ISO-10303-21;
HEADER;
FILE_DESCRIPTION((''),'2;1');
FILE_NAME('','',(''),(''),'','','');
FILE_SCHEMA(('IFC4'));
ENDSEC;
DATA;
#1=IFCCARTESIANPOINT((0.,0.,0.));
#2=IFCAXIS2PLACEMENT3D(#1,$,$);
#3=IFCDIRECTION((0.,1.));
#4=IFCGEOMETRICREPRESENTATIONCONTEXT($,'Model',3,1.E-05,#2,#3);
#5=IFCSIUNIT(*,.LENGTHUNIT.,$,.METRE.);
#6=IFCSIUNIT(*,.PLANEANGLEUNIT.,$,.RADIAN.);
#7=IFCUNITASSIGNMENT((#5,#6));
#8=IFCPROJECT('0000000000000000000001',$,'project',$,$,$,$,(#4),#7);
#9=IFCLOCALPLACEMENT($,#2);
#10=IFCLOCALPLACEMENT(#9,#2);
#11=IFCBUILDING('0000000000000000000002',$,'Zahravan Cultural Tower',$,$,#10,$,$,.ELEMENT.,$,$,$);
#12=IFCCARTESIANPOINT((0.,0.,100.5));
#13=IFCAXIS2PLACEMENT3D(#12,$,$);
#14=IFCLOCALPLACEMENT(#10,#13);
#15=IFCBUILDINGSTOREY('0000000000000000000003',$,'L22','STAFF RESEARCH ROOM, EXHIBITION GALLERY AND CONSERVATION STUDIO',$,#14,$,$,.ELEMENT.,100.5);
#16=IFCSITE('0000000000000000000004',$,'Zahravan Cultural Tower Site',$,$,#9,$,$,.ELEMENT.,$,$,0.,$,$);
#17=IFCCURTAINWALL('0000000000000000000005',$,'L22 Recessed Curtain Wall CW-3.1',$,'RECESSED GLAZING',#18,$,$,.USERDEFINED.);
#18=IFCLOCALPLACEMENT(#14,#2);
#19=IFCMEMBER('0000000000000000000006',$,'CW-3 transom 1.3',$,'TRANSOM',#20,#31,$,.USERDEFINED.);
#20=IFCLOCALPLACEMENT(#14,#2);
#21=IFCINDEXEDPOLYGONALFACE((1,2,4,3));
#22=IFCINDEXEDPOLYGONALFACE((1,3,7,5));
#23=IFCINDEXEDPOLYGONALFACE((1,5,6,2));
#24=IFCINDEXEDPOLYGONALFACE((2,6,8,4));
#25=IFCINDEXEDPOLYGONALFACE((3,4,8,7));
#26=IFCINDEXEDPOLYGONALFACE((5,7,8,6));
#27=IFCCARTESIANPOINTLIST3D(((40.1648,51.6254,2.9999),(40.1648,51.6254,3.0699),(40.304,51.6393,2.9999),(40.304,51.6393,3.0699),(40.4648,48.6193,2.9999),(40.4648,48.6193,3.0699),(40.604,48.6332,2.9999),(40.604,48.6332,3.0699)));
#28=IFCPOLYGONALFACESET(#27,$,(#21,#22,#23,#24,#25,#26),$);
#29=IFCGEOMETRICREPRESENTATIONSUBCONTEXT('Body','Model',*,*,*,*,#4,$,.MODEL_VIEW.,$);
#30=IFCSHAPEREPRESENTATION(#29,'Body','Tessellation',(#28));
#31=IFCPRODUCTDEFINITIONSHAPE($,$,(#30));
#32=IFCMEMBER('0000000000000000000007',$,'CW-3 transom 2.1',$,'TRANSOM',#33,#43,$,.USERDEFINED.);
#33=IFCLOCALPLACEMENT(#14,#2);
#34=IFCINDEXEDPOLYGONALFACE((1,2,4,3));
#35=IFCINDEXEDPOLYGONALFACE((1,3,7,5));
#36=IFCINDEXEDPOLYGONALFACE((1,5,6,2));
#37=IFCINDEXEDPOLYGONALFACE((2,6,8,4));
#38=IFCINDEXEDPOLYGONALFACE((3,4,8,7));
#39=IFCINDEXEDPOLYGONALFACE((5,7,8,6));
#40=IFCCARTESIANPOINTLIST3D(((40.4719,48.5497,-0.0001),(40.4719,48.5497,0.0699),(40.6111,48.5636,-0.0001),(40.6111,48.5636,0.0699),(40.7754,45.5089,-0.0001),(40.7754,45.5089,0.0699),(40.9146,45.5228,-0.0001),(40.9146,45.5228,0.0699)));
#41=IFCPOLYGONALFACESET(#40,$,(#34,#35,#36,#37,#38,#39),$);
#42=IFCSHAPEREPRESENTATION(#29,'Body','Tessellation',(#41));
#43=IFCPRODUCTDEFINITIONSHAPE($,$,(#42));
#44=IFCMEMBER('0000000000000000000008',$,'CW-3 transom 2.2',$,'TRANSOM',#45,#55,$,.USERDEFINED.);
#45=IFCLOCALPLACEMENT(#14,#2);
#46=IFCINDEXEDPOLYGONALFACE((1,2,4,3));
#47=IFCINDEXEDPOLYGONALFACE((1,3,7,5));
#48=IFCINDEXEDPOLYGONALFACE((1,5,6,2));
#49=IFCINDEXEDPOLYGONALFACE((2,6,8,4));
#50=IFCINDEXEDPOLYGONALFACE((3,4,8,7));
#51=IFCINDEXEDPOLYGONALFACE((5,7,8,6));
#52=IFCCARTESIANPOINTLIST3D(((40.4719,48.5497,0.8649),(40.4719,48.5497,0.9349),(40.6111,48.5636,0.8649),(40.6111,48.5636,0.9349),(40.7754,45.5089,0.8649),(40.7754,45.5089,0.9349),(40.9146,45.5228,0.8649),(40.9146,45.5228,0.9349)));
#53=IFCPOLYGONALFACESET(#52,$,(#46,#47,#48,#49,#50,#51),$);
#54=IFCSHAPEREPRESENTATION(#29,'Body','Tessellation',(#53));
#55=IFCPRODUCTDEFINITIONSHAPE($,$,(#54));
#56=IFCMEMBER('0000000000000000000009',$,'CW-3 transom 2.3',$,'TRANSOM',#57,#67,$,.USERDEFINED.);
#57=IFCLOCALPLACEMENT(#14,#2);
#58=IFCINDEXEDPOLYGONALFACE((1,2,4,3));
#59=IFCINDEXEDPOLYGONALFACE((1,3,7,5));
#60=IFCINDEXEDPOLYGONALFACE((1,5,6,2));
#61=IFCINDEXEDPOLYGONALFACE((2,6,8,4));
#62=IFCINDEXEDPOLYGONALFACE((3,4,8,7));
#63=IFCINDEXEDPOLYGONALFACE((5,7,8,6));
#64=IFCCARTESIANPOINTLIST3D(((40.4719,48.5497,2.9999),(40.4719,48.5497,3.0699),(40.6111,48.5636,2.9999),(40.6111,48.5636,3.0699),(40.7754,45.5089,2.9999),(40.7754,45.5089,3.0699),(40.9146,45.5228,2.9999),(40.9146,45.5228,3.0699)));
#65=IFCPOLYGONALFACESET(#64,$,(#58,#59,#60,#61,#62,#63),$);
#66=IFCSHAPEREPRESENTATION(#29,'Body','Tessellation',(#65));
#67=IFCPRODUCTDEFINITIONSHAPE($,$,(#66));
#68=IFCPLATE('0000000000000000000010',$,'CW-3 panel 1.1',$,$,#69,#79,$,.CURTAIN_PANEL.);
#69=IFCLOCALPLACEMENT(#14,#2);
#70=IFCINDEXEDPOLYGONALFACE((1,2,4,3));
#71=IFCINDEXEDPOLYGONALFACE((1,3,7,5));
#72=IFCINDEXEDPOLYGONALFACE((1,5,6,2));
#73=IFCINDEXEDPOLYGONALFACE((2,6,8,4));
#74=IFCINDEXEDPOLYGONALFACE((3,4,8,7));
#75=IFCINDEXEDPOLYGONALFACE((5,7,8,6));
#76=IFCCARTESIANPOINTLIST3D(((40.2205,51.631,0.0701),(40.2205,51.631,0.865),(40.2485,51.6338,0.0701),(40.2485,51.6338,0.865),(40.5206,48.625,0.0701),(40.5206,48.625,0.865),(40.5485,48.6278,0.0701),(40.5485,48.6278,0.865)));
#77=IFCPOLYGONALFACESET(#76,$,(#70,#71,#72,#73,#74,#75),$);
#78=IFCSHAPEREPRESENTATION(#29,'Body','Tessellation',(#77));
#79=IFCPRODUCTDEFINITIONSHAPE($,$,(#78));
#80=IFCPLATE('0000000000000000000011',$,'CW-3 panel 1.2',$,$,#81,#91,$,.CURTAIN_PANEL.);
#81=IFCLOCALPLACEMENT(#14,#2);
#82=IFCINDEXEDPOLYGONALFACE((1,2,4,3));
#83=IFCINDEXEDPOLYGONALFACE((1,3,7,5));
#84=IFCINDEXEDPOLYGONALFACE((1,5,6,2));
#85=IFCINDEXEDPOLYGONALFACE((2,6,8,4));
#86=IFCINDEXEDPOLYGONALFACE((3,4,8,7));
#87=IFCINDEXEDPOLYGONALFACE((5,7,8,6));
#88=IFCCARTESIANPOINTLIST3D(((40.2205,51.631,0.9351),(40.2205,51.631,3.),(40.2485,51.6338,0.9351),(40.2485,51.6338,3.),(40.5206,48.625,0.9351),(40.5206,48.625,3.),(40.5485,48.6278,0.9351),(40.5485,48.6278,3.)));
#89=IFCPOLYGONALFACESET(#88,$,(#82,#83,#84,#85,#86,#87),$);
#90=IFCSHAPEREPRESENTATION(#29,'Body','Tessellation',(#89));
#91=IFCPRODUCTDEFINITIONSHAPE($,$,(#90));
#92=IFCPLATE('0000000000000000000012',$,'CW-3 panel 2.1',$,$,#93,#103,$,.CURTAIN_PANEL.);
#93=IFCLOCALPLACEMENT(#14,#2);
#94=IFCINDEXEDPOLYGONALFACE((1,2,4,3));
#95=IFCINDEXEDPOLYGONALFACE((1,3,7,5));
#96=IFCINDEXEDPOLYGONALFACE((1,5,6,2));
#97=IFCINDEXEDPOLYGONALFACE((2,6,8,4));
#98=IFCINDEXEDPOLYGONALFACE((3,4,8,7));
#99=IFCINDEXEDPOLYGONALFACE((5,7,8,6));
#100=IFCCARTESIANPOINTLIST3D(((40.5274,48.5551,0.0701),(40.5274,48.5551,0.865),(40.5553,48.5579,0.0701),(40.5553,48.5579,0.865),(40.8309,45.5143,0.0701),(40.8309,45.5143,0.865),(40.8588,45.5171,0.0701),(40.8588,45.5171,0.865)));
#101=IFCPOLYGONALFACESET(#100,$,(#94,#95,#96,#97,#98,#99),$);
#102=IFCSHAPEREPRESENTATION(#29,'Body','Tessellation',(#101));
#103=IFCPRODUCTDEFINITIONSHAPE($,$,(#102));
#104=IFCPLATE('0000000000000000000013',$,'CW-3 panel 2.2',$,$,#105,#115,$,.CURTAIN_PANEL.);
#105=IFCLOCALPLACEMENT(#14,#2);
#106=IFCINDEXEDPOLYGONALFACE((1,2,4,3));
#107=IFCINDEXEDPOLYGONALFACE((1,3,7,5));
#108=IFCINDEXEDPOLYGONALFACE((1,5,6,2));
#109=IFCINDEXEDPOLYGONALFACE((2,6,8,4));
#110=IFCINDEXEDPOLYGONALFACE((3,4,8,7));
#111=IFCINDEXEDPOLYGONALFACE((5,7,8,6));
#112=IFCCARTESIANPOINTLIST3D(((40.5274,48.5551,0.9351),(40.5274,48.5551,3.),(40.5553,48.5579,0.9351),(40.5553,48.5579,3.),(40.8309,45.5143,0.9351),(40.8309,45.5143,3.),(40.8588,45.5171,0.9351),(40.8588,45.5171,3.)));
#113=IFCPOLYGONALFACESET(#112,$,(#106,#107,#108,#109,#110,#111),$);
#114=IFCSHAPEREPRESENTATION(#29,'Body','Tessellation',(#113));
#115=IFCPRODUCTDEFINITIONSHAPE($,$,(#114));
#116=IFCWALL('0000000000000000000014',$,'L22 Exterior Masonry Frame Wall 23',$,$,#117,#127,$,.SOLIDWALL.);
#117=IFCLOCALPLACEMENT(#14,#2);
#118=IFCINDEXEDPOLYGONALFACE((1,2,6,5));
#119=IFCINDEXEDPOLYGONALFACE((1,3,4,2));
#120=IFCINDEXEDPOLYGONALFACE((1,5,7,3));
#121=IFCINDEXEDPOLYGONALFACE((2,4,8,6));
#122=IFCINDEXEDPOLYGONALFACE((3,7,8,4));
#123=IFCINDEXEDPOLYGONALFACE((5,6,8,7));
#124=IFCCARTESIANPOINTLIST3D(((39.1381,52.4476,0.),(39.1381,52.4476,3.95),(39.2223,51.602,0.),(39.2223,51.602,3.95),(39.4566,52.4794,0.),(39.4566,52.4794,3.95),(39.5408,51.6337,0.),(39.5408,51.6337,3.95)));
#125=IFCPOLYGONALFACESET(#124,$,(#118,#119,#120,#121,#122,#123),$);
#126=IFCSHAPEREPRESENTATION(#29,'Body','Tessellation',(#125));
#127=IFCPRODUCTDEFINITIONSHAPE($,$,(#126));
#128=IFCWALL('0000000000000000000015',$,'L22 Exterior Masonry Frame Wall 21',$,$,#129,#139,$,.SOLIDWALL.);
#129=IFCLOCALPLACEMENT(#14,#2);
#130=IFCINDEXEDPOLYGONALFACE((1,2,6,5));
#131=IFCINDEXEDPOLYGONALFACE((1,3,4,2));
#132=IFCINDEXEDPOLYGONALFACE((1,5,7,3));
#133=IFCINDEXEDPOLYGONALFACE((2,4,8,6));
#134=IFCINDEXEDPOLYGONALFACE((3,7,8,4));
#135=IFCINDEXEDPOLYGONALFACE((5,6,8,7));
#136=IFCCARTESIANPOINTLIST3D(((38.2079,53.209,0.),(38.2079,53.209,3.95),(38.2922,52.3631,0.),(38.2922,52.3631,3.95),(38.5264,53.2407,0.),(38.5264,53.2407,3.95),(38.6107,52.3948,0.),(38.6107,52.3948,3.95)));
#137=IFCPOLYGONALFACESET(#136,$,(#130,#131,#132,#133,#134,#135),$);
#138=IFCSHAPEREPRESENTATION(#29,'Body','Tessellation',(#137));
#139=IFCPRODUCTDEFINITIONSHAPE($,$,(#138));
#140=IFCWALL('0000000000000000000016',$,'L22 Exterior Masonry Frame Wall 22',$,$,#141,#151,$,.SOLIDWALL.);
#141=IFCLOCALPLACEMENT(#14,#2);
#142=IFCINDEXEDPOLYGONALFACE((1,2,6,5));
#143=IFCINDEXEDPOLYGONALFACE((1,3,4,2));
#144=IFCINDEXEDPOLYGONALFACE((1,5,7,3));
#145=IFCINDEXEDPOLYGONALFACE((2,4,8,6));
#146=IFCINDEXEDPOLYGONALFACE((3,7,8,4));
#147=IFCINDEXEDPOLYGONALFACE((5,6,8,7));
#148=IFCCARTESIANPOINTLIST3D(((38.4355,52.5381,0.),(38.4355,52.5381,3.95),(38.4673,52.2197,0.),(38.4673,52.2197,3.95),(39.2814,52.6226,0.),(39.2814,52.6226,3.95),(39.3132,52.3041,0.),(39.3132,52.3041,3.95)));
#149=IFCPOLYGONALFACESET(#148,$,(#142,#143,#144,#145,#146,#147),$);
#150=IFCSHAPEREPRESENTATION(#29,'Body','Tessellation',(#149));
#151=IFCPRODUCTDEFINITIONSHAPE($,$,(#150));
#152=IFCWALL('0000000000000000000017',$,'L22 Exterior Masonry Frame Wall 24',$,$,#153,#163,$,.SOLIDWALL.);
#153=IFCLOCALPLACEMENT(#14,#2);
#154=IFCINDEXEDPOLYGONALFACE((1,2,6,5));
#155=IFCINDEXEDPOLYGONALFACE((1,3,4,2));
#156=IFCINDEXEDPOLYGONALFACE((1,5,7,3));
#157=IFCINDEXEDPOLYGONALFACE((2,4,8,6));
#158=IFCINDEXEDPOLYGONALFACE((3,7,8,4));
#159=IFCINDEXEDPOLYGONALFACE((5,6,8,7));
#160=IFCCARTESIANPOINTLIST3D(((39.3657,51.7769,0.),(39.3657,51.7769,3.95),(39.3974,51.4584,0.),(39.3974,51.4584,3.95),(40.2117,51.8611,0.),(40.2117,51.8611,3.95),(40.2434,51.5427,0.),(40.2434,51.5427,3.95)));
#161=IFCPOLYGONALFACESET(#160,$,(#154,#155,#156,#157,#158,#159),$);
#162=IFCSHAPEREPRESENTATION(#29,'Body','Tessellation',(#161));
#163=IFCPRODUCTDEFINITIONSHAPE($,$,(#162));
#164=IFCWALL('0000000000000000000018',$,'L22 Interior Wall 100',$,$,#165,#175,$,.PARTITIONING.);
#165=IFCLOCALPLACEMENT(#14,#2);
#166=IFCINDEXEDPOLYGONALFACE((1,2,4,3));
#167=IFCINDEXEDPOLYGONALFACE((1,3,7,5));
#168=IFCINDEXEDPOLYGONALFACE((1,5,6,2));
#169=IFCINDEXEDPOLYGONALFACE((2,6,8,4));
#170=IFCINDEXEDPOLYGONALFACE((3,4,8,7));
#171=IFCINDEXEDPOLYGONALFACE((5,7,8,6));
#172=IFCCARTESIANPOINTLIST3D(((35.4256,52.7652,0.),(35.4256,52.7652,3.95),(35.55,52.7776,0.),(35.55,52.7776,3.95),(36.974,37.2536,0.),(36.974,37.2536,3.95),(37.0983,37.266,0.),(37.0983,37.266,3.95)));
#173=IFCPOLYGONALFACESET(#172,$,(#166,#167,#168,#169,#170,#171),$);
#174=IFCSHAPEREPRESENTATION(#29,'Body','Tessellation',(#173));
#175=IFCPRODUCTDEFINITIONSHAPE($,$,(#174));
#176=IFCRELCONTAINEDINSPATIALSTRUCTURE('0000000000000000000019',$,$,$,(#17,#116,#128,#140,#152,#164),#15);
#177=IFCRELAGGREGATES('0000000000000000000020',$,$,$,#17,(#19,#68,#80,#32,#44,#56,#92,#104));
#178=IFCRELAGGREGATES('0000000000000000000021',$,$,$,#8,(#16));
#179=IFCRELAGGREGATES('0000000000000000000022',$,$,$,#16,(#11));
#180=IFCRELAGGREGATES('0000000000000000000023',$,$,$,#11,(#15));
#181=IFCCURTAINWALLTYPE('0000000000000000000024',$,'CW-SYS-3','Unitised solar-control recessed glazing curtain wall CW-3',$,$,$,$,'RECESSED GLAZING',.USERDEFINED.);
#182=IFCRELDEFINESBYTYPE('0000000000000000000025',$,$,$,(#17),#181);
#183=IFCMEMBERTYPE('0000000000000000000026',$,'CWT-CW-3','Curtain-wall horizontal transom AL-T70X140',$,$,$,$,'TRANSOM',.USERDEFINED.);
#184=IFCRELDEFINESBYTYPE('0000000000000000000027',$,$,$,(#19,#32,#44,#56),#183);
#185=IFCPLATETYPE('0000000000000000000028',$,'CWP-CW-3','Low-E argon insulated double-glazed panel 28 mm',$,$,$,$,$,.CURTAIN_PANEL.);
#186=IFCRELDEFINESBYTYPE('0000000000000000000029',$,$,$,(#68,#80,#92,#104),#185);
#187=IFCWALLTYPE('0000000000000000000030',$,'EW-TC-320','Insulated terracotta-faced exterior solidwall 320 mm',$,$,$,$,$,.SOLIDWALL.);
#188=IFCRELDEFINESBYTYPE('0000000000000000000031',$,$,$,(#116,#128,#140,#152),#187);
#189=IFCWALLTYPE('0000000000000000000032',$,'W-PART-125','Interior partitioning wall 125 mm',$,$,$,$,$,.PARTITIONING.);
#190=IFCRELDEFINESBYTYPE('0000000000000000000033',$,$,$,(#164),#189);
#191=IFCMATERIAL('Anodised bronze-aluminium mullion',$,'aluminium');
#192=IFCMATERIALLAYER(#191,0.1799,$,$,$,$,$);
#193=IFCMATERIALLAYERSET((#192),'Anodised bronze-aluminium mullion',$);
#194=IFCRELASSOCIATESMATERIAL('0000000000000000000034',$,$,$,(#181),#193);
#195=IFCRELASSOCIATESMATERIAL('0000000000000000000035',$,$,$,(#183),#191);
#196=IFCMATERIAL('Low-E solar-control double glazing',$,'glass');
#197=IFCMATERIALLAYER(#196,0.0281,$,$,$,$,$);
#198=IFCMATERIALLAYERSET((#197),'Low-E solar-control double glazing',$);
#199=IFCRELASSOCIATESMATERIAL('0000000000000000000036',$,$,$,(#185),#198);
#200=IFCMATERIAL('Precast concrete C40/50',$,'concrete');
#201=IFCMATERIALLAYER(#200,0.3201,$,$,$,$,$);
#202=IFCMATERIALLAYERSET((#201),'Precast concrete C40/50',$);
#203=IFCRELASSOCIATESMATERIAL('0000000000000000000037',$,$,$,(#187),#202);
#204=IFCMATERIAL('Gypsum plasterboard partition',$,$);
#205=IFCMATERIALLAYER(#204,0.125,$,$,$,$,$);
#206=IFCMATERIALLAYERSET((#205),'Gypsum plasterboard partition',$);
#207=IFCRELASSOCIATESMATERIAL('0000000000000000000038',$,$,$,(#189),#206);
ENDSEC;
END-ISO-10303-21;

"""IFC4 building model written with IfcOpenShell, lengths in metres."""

from ifc_helpers import new_model, si_unit, direction, frame, frame_2d, origin, origin_2d, place, context, subcontext, project, spatial, rectangle, extrude, source, transform, mapped, material, layer, layer_set, material_profile, profile_set, type_object, element, aggregate, save


model = new_model("IFC4")

# Units and contexts
model_context = context("Model", 3, precision=1e-05, world=origin(), true_north=direction((0.0, 1.0)))
body_context = subcontext(model_context, "Body", "Model", "MODEL_VIEW")
ifc_project = project(units=[si_unit("LENGTHUNIT", "METRE"), si_unit("PLANEANGLEUNIT", "RADIAN")], contexts=[model_context])

# Site, building, storey
site_placement = place(None, origin())
site = spatial("IfcSite", under=ifc_project, at=site_placement, Name="Zahravan Cultural Tower Site", CompositionType="ELEMENT", RefElevation=0.0)
building_placement = place(site_placement, origin())
building = spatial("IfcBuilding", under=site, at=building_placement, Name="Zahravan Cultural Tower", CompositionType="ELEMENT")
storey_placement = place(building_placement, frame((0.0, 0.0, 100.5)))
storey = spatial("IfcBuildingStorey", under=building, at=storey_placement, Name="L22", Description="STAFF RESEARCH ROOM, EXHIBITION GALLERY AND CONSERVATION STUDIO", CompositionType="ELEMENT", Elevation=100.5)

# Curtain wall, members, plates
ifc_material_1 = material(Name="Anodised bronze-aluminium mullion", Category="aluminium")
ifc_layer_1 = layer(ifc_material_1, 0.1799)
ifc_layer_set_1 = layer_set([ifc_layer_1], Name="Anodised bronze-aluminium mullion")
curtain_wall_type = type_object("IfcCurtainWallType", Name="CW-SYS-3", Description="Unitised solar-control recessed glazing curtain wall CW-3", ElementType="RECESSED GLAZING", PredefinedType="USERDEFINED", material=ifc_layer_set_1)
curtain_wall_placement = place(storey_placement, origin())
curtain_wall = element("IfcCurtainWall", 1, at=curtain_wall_placement, inside=storey, type_object=curtain_wall_type, Name="L22 Recessed Curtain Wall CW-3.1", ObjectType="RECESSED GLAZING", PredefinedType="USERDEFINED")
ifc_material_profile_1 = material_profile(ifc_material_1, rectangle(XDim=0.1399, YDim=0.0701, at=origin_2d()), Name="AL-T70X140")
ifc_profile_set_1 = profile_set([ifc_material_profile_1], Name="Anodised bronze-aluminium mullion")
member_type_1 = type_object("IfcMemberType", Name="CWT-CW-3", Description="Curtain-wall horizontal transom AL-T70X140", ElementType="TRANSOM", PredefinedType="USERDEFINED", material=ifc_profile_set_1)
shared_shape_1 = source(origin(), body_context, "Body", "SweptSolid", [
    extrude(rectangle(XDim=0.1399, YDim=0.0701, at=origin_2d()), origin(), (0.0, 0.0, 1.0), 3.021),
])
member_1_placement = place(storey_placement, frame((40.2344, 51.6323, 3.0349), z_axis=(0.09932, -0.995056, 0.0), x_axis=(0.995056, 0.09932, 0.0)))
member_1 = element("IfcMember", 2, at=member_1_placement, type_object=member_type_1, Name="CW-3 transom 1.3", ObjectType="TRANSOM", PredefinedType="USERDEFINED", context=body_context, shape_type="MappedRepresentation", body=[
    mapped(shared_shape_1, transform((0.0, 0.0, 0.0), x_axis=(1.0, 0.0, 0.0), y_axis=(0.0, 1.0, 0.0), z_axis=(0.0, 0.0, 1.0), scale=1.0)),
])
shared_shape_2 = source(origin(), body_context, "Body", "SweptSolid", [
    extrude(rectangle(XDim=0.1399, YDim=0.0701, at=origin_2d()), origin(), (0.0, 0.0, 1.0), 3.0559),
])
member_2_placement = place(storey_placement, frame((40.5415, 48.5566, 0.0349), z_axis=(0.099306, -0.995057, 0.0), x_axis=(0.995057, 0.099306, 0.0)))
member_2 = element("IfcMember", 3, at=member_2_placement, type_object=member_type_1, Name="CW-3 transom 2.1", ObjectType="TRANSOM", PredefinedType="USERDEFINED", context=body_context, shape_type="MappedRepresentation", body=[
    mapped(shared_shape_2, transform((0.0, 0.0, 0.0), x_axis=(1.0, 0.0, 0.0), y_axis=(0.0, 1.0, 0.0), z_axis=(0.0, 0.0, 1.0), scale=1.0)),
])
member_3_placement = place(storey_placement, frame((40.5415, 48.5566, 0.8999), z_axis=(0.099306, -0.995057, 0.0), x_axis=(0.995057, 0.099306, 0.0)))
member_3 = element("IfcMember", 4, at=member_3_placement, type_object=member_type_1, Name="CW-3 transom 2.2", ObjectType="TRANSOM", PredefinedType="USERDEFINED", context=body_context, shape_type="MappedRepresentation", body=[
    mapped(shared_shape_2, transform((0.0, 0.0, 0.0), x_axis=(1.0, 0.0, 0.0), y_axis=(0.0, 1.0, 0.0), z_axis=(0.0, 0.0, 1.0), scale=1.0)),
])
member_4_placement = place(storey_placement, frame((40.5415, 48.5566, 3.0349), z_axis=(0.099306, -0.995057, 0.0), x_axis=(0.995057, 0.099306, 0.0)))
member_4 = element("IfcMember", 5, at=member_4_placement, type_object=member_type_1, Name="CW-3 transom 2.3", ObjectType="TRANSOM", PredefinedType="USERDEFINED", context=body_context, shape_type="MappedRepresentation", body=[
    mapped(shared_shape_2, transform((0.0, 0.0, 0.0), x_axis=(1.0, 0.0, 0.0), y_axis=(0.0, 1.0, 0.0), z_axis=(0.0, 0.0, 1.0), scale=1.0)),
])
ifc_material_2 = material(Name="Low-E solar-control double glazing", Category="glass")
ifc_layer_2 = layer(ifc_material_2, 0.0281)
ifc_layer_set_2 = layer_set([ifc_layer_2], Name="Low-E solar-control double glazing")
plate_type = type_object("IfcPlateType", Name="CWP-CW-3", Description="Low-E argon insulated double-glazed panel 28 mm", PredefinedType="CURTAIN_PANEL", material=ifc_layer_set_2)
shared_shape_3 = source(origin(), body_context, "Body", "SweptSolid", [
    extrude(rectangle(XDim=3.021, YDim=0.0281, at=origin_2d()), origin(), (0.0, 0.0, 1.0), 0.7949),
])
plate_1_placement = place(storey_placement, frame((40.3845, 50.1294, 0.0701), z_axis=(0.0, 0.0, 1.0), x_axis=(0.099322, -0.995055, 0.0)))
plate_1 = element("IfcPlate", 6, at=plate_1_placement, type_object=plate_type, Name="CW-3 panel 1.1", PredefinedType="CURTAIN_PANEL", context=body_context, shape_type="MappedRepresentation", body=[
    mapped(shared_shape_3, transform((0.0, 0.0, 0.0), x_axis=(1.0, 0.0, 0.0), y_axis=(0.0, 1.0, 0.0), z_axis=(0.0, 0.0, 1.0), scale=1.0)),
])
shared_shape_4 = source(origin(), body_context, "Body", "SweptSolid", [
    extrude(rectangle(XDim=3.021, YDim=0.0281, at=origin_2d()), origin(), (0.0, 0.0, 1.0), 2.0649),
])
plate_2_placement = place(storey_placement, frame((40.3845, 50.1294, 0.9351), z_axis=(0.0, 0.0, 1.0), x_axis=(0.099322, -0.995055, 0.0)))
plate_2 = element("IfcPlate", 7, at=plate_2_placement, type_object=plate_type, Name="CW-3 panel 1.2", PredefinedType="CURTAIN_PANEL", context=body_context, shape_type="MappedRepresentation", body=[
    mapped(shared_shape_4, transform((0.0, 0.0, 0.0), x_axis=(1.0, 0.0, 0.0), y_axis=(0.0, 1.0, 0.0), z_axis=(0.0, 0.0, 1.0), scale=1.0)),
])
shared_shape_5 = source(origin(), body_context, "Body", "SweptSolid", [
    extrude(rectangle(XDim=3.0559, YDim=0.0281, at=origin_2d()), origin(), (0.0, 0.0, 1.0), 0.7949),
])
plate_3_placement = place(storey_placement, frame((40.6931, 47.0361, 0.0701), z_axis=(0.0, 0.0, 1.0), x_axis=(0.099322, -0.995055, 0.0)))
plate_3 = element("IfcPlate", 8, at=plate_3_placement, type_object=plate_type, Name="CW-3 panel 2.1", PredefinedType="CURTAIN_PANEL", context=body_context, shape_type="MappedRepresentation", body=[
    mapped(shared_shape_5, transform((0.0, 0.0, 0.0), x_axis=(1.0, 0.0, 0.0), y_axis=(0.0, 1.0, 0.0), z_axis=(0.0, 0.0, 1.0), scale=1.0)),
])
shared_shape_6 = source(origin(), body_context, "Body", "SweptSolid", [
    extrude(rectangle(XDim=3.0559, YDim=0.0281, at=origin_2d()), origin(), (0.0, 0.0, 1.0), 2.0649),
])
plate_4_placement = place(storey_placement, frame((40.6931, 47.0361, 0.9351), z_axis=(0.0, 0.0, 1.0), x_axis=(0.099322, -0.995055, 0.0)))
plate_4 = element("IfcPlate", 9, at=plate_4_placement, type_object=plate_type, Name="CW-3 panel 2.2", PredefinedType="CURTAIN_PANEL", context=body_context, shape_type="MappedRepresentation", body=[
    mapped(shared_shape_6, transform((0.0, 0.0, 0.0), x_axis=(1.0, 0.0, 0.0), y_axis=(0.0, 1.0, 0.0), z_axis=(0.0, 0.0, 1.0), scale=1.0)),
])
aggregate(curtain_wall, [member_1, plate_1, plate_2, member_2, member_3, member_4, plate_3, plate_4])

# Walls
ifc_material_3 = material(Name="Precast concrete C40/50", Category="concrete")
ifc_layer_3 = layer(ifc_material_3, 0.3201)
ifc_layer_set_3 = layer_set([ifc_layer_3], Name="Precast concrete C40/50")
wall_type_1 = type_object("IfcWallType", Name="EW-TC-320", Description="Insulated terracotta-faced exterior solidwall 320 mm", PredefinedType="SOLIDWALL", material=ifc_layer_set_3)
shared_shape_7 = source(origin(), body_context, "Body", "SweptSolid", [
    extrude(rectangle(XDim=0.8499, YDim=0.3201, at=frame_2d((0.4248, 0.0))), origin(), (0.0, 0.0, 1.0), 3.95),
])
wall_1_placement = place(storey_placement, frame((39.2974, 52.4634, 0.0), z_axis=(0.0, 0.0, 1.0), x_axis=(0.099106, -0.995077, 0.0)))
element("IfcWall", 10, at=wall_1_placement, inside=storey, type_object=wall_type_1, Name="L22 Exterior Masonry Frame Wall 23", PredefinedType="SOLIDWALL", context=body_context, shape_type="MappedRepresentation", body=[
    mapped(shared_shape_7, transform((0.0, 0.0, 0.0), x_axis=(1.0, 0.0, 0.0), y_axis=(0.0, 1.0, 0.0), z_axis=(0.0, 0.0, 1.0), scale=1.0)),
])
shared_shape_8 = source(origin(), body_context, "Body", "SweptSolid", [
    extrude(rectangle(XDim=0.8501, YDim=0.3201, at=frame_2d((0.425, 0.0))), origin(), (0.0, 0.0, 1.0), 3.95),
])
for number, where, z_axis, x_axis, name in (
    (11, (38.3672, 53.2249, 0.0), (0.0, 0.0, 1.0), (0.099077, -0.99508, 0.0), "L22 Exterior Masonry Frame Wall 21"),
    (12, (38.4514, 52.3789, 0.0), (0.0, 0.0, 1.0), (0.995051, 0.099362, 0.0), "L22 Exterior Masonry Frame Wall 22"),
    (13, (39.3816, 51.6177, 0.0), (0.0, 0.0, 1.0), (0.99508, 0.099077, 0.0), "L22 Exterior Masonry Frame Wall 24"),
):
    element("IfcWall", number, at=place(storey_placement, frame(where, z_axis=z_axis, x_axis=x_axis)), inside=storey, type_object=wall_type_1, Name=name, PredefinedType="SOLIDWALL", context=body_context, shape_type="MappedRepresentation", body=[
        mapped(shared_shape_8, transform((0.0, 0.0, 0.0), x_axis=(1.0, 0.0, 0.0), y_axis=(0.0, 1.0, 0.0), z_axis=(0.0, 0.0, 1.0), scale=1.0)),
    ])
ifc_material_4 = material(Name="Gypsum plasterboard partition")
ifc_layer_4 = layer(ifc_material_4, 0.125)
ifc_layer_set_4 = layer_set([ifc_layer_4], Name="Gypsum plasterboard partition")
wall_type_2 = type_object("IfcWallType", Name="W-PART-125", Description="Interior partitioning wall 125 mm", PredefinedType="PARTITIONING", material=ifc_layer_set_4)
shared_shape_9 = source(origin(), body_context, "Body", "SweptSolid", [
    extrude(rectangle(XDim=15.5886, YDim=0.125, at=frame_2d((7.7944, 0.0))), origin(), (0.0, 0.0, 1.0), 3.95),
])
wall_2_placement = place(storey_placement, frame((35.4878, 52.7715, 0.0), z_axis=(0.0, 0.0, 1.0), x_axis=(0.099325, -0.995055, 0.0)))
element("IfcWall", 14, at=wall_2_placement, inside=storey, type_object=wall_type_2, Name="L22 Interior Wall 100", PredefinedType="PARTITIONING", context=body_context, shape_type="MappedRepresentation", body=[
    mapped(shared_shape_9, transform((0.0, 0.0, 0.0), x_axis=(1.0, 0.0, 0.0), y_axis=(0.0, 1.0, 0.0), z_axis=(0.0, 0.0, 1.0), scale=1.0)),
])

save(model, "model.ifc")
